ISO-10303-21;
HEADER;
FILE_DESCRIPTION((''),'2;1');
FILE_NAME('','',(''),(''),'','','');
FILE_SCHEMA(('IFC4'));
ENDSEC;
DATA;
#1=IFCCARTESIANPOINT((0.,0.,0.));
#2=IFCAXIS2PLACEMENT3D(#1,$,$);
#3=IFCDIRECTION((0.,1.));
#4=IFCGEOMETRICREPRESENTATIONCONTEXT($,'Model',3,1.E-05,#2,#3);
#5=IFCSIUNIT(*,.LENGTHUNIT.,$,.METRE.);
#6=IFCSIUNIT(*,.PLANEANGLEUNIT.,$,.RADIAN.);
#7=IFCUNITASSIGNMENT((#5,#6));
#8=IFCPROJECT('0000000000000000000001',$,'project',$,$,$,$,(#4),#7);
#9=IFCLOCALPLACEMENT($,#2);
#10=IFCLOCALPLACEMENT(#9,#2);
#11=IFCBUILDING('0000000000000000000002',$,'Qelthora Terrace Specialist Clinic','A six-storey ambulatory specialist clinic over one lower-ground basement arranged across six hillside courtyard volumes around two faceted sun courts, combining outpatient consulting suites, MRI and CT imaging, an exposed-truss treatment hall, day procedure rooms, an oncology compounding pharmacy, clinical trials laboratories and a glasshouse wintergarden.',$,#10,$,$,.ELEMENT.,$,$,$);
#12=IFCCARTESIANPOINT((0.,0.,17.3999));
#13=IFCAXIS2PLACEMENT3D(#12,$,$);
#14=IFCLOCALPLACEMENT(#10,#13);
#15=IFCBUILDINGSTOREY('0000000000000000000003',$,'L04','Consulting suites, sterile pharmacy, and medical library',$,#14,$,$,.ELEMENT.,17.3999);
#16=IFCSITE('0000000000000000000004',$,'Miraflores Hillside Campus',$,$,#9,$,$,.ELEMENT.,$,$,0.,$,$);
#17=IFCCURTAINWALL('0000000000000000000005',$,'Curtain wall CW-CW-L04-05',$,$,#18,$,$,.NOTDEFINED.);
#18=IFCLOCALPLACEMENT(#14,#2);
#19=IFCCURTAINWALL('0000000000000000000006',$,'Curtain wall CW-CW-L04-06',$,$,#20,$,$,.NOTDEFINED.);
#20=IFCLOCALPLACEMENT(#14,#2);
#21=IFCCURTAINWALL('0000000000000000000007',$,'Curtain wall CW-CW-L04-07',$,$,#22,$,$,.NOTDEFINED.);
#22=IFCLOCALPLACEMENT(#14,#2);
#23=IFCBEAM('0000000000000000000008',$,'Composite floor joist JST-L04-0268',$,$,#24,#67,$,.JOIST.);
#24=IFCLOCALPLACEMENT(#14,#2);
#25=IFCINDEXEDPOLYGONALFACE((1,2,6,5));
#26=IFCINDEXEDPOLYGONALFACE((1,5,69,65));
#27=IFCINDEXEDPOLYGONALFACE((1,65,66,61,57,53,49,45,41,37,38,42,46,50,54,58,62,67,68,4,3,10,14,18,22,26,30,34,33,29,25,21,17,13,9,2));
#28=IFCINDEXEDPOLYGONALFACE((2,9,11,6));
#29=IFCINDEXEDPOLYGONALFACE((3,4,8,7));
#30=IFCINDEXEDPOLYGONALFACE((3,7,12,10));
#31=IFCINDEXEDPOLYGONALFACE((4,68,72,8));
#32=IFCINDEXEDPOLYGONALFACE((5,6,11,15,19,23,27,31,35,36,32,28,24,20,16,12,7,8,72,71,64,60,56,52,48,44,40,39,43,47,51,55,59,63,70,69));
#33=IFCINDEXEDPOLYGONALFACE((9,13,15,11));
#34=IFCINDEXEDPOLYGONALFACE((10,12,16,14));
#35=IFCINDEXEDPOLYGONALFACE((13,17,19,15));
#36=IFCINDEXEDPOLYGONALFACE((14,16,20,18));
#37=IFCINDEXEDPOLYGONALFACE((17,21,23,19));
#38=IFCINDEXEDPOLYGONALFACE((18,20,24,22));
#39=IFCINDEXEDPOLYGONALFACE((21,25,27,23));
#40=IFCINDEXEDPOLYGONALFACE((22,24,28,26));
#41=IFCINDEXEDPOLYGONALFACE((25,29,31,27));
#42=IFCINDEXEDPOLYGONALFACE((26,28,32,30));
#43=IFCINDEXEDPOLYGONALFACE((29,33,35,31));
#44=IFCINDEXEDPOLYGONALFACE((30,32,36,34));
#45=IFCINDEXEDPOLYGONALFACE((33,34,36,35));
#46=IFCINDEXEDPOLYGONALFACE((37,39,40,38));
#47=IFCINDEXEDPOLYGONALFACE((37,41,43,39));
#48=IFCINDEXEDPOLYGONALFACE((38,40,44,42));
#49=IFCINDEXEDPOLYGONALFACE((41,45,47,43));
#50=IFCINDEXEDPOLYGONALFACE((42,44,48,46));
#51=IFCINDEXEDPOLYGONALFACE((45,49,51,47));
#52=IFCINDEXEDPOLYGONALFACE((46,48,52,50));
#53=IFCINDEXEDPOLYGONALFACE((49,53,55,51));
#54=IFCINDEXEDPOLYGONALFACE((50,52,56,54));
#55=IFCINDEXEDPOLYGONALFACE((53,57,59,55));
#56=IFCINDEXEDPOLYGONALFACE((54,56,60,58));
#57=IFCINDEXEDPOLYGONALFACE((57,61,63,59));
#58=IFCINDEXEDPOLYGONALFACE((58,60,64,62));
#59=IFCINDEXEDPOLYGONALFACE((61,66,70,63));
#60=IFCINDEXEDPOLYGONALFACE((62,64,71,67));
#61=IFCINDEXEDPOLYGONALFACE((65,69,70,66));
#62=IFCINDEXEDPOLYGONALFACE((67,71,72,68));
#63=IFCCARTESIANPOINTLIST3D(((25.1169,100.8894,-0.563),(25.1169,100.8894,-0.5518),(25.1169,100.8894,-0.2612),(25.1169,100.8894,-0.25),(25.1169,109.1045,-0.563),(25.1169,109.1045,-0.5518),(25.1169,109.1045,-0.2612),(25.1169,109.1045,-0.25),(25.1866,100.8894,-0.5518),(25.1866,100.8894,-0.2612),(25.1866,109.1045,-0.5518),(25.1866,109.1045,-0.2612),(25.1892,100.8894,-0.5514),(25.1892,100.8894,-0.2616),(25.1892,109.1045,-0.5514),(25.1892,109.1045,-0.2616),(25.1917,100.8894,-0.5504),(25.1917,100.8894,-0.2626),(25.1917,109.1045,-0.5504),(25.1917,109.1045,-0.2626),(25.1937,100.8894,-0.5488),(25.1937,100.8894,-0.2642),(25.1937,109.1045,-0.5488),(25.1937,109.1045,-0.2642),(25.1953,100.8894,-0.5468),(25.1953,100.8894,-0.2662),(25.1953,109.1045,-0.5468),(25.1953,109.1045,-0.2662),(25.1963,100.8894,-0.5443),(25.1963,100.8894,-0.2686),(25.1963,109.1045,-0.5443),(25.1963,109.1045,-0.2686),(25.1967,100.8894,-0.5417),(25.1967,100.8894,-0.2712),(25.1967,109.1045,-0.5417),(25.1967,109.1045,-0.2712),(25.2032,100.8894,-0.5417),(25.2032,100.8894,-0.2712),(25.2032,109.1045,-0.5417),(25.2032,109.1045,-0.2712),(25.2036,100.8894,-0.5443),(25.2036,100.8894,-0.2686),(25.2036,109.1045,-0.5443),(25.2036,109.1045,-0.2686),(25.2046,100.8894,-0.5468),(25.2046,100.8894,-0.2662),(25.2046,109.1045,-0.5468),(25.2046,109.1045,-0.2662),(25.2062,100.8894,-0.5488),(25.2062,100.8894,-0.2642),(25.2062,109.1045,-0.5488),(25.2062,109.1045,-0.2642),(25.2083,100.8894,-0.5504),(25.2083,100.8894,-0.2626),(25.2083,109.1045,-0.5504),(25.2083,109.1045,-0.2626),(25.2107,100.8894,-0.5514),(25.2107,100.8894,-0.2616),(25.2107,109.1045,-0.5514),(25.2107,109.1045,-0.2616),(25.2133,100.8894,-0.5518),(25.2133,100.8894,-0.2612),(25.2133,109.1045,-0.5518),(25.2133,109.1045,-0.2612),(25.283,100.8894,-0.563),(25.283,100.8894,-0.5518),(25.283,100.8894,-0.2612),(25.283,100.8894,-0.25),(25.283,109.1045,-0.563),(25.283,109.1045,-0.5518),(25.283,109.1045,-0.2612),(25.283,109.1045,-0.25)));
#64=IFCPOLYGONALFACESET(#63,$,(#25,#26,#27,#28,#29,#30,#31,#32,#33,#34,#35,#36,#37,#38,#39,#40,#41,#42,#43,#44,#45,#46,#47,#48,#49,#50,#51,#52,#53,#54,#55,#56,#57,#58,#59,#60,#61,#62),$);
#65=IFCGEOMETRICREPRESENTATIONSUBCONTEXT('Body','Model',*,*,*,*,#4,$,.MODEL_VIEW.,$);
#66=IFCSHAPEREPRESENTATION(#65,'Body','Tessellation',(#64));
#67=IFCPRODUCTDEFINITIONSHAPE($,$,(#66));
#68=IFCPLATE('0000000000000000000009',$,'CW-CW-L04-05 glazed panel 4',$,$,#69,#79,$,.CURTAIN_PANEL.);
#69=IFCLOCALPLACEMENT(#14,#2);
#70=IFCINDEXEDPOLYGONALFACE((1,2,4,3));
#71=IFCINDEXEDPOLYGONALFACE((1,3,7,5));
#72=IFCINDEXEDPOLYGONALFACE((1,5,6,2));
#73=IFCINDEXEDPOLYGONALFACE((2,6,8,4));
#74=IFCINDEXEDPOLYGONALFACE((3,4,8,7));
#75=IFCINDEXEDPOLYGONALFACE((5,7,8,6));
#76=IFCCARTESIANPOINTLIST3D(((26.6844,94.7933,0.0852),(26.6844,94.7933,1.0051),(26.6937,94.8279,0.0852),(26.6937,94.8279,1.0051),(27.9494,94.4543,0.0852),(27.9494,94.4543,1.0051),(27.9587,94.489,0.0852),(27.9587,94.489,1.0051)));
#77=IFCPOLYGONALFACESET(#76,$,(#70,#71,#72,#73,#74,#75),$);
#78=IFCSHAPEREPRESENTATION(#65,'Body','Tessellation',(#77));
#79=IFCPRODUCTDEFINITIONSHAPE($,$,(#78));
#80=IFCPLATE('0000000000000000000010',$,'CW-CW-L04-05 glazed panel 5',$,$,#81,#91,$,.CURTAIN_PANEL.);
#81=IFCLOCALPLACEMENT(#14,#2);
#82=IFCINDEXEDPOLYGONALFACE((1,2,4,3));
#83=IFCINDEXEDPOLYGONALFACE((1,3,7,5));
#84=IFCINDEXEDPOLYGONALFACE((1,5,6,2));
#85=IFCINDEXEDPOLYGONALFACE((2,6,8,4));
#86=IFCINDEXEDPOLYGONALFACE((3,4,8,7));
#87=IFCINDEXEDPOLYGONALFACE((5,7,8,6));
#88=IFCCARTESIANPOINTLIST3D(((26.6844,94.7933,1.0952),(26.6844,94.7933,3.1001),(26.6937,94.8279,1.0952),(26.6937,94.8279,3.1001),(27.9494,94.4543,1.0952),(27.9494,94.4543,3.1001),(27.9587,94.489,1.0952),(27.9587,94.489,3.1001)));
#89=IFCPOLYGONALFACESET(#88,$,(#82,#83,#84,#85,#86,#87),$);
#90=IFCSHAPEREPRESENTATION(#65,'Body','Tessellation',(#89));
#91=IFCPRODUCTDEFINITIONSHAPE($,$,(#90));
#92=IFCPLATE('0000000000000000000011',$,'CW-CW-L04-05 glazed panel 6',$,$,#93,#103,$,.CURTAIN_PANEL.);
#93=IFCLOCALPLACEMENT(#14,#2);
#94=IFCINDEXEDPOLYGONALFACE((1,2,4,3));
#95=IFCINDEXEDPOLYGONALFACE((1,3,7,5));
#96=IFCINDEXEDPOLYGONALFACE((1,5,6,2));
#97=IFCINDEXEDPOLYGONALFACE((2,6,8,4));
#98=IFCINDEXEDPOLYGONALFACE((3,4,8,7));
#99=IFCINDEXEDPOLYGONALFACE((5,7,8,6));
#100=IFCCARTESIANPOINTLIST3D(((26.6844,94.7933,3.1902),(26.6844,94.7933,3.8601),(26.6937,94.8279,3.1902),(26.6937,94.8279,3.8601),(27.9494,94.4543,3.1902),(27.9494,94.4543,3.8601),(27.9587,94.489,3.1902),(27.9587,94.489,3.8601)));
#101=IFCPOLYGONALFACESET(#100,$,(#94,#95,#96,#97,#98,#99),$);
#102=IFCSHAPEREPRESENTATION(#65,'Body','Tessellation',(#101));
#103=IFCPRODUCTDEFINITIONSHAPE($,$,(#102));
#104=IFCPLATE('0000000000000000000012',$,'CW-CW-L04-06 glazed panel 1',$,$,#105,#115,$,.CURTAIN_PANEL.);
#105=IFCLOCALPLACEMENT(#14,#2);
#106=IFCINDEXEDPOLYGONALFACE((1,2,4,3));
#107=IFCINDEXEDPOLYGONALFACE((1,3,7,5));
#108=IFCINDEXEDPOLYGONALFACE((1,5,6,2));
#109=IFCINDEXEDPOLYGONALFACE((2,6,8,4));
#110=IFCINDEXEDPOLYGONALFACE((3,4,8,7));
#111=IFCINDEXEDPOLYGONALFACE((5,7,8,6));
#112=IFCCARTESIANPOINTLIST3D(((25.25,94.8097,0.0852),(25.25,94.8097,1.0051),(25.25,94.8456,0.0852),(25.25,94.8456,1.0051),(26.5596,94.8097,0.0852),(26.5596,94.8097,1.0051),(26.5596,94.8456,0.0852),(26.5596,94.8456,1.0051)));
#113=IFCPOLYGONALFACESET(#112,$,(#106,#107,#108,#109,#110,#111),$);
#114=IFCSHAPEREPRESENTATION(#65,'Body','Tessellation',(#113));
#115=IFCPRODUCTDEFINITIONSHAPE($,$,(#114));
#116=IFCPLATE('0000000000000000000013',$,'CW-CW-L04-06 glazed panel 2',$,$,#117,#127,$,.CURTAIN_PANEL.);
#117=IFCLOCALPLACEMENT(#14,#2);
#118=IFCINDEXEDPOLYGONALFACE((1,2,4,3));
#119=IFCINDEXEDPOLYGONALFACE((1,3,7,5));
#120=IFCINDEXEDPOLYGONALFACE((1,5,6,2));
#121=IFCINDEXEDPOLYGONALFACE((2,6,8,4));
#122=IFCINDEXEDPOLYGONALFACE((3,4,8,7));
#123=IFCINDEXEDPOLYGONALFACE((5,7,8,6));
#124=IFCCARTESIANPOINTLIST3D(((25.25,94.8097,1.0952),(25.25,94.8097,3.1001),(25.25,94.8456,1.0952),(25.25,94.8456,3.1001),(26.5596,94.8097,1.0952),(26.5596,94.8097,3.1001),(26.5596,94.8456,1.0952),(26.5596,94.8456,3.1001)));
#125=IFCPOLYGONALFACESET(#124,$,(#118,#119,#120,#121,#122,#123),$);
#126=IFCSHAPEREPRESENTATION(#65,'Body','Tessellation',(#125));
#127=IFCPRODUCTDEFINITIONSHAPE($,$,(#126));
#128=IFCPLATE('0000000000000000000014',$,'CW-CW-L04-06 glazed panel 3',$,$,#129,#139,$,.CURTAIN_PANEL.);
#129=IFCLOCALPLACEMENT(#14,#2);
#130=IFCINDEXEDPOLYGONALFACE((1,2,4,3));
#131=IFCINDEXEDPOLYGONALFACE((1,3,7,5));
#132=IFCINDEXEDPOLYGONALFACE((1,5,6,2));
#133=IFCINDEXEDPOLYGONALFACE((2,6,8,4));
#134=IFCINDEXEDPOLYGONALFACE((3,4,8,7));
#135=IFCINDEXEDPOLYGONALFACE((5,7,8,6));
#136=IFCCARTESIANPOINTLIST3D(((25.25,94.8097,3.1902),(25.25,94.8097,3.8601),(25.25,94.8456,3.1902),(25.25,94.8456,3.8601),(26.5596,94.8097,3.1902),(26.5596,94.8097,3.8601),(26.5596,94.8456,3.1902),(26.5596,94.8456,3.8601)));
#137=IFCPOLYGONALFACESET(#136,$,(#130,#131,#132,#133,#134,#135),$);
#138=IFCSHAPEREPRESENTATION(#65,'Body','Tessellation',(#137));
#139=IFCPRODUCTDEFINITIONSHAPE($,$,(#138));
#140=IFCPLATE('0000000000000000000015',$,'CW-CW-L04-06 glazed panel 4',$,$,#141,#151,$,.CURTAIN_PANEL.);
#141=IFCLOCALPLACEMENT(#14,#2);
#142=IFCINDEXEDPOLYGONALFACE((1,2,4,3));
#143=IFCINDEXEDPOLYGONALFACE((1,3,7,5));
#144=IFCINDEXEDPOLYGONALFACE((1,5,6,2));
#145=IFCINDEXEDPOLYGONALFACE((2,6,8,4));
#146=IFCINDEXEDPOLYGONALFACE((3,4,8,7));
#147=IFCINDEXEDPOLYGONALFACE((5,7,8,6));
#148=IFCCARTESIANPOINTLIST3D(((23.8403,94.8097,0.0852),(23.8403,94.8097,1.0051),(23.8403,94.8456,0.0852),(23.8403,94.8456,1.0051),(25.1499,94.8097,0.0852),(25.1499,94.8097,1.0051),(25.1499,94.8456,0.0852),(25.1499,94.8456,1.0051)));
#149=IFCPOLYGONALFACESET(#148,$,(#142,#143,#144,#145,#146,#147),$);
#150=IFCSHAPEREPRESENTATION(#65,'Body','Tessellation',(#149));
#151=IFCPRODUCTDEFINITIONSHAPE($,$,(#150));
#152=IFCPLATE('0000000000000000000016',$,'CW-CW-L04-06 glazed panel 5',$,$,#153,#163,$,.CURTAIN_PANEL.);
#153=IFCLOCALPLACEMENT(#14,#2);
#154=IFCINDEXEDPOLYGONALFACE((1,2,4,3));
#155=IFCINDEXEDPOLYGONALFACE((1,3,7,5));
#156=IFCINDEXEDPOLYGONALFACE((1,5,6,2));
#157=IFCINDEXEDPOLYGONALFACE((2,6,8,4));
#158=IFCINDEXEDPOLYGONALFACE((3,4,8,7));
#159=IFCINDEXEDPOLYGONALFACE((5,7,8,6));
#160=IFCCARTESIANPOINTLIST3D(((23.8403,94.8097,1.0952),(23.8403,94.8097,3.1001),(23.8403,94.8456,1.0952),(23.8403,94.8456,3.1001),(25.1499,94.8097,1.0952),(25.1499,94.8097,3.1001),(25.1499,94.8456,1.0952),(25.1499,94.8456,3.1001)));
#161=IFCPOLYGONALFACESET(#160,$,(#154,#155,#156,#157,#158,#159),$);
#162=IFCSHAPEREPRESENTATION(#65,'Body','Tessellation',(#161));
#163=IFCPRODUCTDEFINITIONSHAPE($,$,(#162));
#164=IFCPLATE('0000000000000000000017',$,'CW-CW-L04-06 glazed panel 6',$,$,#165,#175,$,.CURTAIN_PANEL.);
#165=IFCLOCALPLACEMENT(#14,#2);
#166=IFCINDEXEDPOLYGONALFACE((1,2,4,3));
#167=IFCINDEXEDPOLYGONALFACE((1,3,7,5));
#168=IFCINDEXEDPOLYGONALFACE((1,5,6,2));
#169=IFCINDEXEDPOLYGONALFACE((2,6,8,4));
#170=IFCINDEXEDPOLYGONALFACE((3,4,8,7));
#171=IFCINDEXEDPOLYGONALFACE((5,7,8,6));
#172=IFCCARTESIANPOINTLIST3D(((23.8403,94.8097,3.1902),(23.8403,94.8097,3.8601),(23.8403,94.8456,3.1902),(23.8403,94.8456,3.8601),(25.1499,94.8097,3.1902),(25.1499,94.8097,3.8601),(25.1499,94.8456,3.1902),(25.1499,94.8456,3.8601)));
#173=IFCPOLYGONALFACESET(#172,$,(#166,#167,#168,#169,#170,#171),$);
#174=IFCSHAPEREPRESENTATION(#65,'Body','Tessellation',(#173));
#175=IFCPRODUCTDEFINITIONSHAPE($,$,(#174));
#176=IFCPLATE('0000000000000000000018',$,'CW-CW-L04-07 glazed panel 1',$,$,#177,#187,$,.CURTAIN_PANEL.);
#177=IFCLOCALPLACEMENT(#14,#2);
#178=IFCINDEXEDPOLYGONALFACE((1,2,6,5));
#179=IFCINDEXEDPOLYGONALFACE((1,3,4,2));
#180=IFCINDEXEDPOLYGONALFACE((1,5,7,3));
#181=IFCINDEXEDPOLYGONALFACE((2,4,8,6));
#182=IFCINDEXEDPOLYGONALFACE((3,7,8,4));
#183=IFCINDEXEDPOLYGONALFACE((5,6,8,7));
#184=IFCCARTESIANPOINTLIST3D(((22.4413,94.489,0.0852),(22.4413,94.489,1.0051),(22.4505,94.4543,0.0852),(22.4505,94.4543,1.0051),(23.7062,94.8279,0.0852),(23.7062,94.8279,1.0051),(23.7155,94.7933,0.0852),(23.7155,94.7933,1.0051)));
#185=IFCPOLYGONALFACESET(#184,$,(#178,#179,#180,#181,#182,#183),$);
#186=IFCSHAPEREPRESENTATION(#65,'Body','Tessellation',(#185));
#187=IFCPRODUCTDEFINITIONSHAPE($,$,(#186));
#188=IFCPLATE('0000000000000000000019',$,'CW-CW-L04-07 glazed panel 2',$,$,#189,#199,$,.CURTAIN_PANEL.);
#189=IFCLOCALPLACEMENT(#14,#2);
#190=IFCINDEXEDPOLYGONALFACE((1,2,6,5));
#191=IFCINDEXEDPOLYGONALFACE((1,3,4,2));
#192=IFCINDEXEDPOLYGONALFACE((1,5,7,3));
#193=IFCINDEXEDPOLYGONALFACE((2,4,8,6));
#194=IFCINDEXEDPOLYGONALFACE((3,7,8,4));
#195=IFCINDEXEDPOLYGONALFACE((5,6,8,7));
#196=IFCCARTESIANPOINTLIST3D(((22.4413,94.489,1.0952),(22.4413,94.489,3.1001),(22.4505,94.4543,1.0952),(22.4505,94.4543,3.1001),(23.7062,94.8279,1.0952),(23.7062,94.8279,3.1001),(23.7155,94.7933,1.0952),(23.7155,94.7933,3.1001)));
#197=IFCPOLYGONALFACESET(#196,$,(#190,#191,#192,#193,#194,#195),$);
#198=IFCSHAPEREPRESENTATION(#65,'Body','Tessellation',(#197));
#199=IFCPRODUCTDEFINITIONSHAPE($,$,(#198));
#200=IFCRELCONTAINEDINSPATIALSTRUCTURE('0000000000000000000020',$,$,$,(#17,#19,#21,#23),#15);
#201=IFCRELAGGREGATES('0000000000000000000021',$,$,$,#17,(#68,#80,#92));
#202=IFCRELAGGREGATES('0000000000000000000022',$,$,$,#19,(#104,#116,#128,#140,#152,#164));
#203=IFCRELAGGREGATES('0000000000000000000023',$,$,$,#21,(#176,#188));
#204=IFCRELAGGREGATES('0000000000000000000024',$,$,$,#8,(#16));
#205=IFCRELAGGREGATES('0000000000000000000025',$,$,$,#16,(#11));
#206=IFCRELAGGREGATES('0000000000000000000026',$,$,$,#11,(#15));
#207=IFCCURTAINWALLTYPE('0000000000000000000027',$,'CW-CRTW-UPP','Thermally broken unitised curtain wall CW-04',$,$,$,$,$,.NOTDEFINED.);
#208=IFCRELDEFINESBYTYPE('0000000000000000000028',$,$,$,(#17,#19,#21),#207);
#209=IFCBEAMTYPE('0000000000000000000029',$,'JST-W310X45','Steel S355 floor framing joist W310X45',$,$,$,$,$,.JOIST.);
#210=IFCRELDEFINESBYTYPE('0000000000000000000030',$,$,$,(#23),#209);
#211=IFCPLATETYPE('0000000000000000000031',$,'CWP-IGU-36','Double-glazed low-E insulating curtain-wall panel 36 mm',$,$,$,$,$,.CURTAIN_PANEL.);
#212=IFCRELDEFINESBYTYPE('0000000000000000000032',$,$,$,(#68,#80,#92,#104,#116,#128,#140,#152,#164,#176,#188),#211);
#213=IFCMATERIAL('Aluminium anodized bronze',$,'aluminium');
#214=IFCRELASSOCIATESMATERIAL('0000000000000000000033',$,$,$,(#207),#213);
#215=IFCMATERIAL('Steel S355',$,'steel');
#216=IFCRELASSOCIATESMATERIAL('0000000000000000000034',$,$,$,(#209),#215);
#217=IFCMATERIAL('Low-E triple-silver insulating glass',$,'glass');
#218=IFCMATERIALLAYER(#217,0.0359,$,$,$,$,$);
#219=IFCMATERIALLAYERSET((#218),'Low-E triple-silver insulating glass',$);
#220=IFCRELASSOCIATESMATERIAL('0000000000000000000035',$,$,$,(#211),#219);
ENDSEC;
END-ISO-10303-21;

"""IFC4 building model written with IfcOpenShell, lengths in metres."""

from ifc_helpers import new_model, si_unit, direction, frame, origin, origin_2d, place, context, subcontext, project, spatial, rectangle, i_section, extrude, material, layer, layer_set, material_profile, profile_set, type_object, element, aggregate, save


model = new_model("IFC4")

# Units and contexts
model_context = context("Model", 3, precision=1e-05, world=origin(), true_north=direction((0.0, 1.0)))
body_context = subcontext(model_context, "Body", "Model", "MODEL_VIEW")
ifc_project = project(units=[si_unit("LENGTHUNIT", "METRE"), si_unit("PLANEANGLEUNIT", "RADIAN")], contexts=[model_context])

# Site, building, storey
site_placement = place(None, origin())
site = spatial("IfcSite", under=ifc_project, at=site_placement, Name="Miraflores Hillside Campus", CompositionType="ELEMENT", RefElevation=0.0)
building_placement = place(site_placement, origin())
building = spatial("IfcBuilding", under=site, at=building_placement, Name="Qelthora Terrace Specialist Clinic", Description="A six-storey ambulatory specialist clinic over one lower-ground basement arranged across six hillside courtyard volumes around two faceted sun courts, combining outpatient consulting suites, MRI and CT imaging, an exposed-truss treatment hall, day procedure rooms, an oncology compounding pharmacy, clinical trials laboratories and a glasshouse wintergarden.", CompositionType="ELEMENT")
storey_placement = place(building_placement, frame((0.0, 0.0, 17.3999)))
storey = spatial("IfcBuildingStorey", under=building, at=storey_placement, Name="L04", Description="Consulting suites, sterile pharmacy, and medical library", CompositionType="ELEMENT", Elevation=17.3999)

# Curtain walls
ifc_material_1 = material(Name="Aluminium anodized bronze", Category="aluminium")
curtain_wall_type = type_object("IfcCurtainWallType", Name="CW-CRTW-UPP", Description="Thermally broken unitised curtain wall CW-04", PredefinedType="NOTDEFINED", material=ifc_material_1)
curtain_wall_1_placement = place(storey_placement, origin())
curtain_wall_1 = element("IfcCurtainWall", 1, at=curtain_wall_1_placement, inside=storey, type_object=curtain_wall_type, Name="Curtain wall CW-CW-L04-05", PredefinedType="NOTDEFINED")
curtain_wall_2_placement = place(storey_placement, origin())
curtain_wall_2 = element("IfcCurtainWall", 2, at=curtain_wall_2_placement, inside=storey, type_object=curtain_wall_type, Name="Curtain wall CW-CW-L04-06", PredefinedType="NOTDEFINED")
curtain_wall_3_placement = place(storey_placement, origin())
curtain_wall_3 = element("IfcCurtainWall", 3, at=curtain_wall_3_placement, inside=storey, type_object=curtain_wall_type, Name="Curtain wall CW-CW-L04-07", PredefinedType="NOTDEFINED")

# Beam
ifc_material_2 = material(Name="Steel S355", Category="steel")
ifc_material_profile_1 = material_profile(ifc_material_2, i_section(OverallWidth=0.166, OverallDepth=0.313, WebThickness=0.0066, FlangeThickness=0.0112, FilletRadius=0.01, at=origin_2d()), Name="W310X45")
ifc_profile_set_1 = profile_set([ifc_material_profile_1], Name="Steel S355")
beam_type = type_object("IfcBeamType", Name="JST-W310X45", Description="Steel S355 floor framing joist W310X45", PredefinedType="JOIST", material=ifc_profile_set_1)
beam_placement = place(storey_placement, frame((25.2, 100.8894, -0.4065), z_axis=(0.0, 1.0, 0.0), x_axis=(-1.0, 0.0, 0.0)))
element("IfcBeam", 4, at=beam_placement, inside=storey, type_object=beam_type, Name="Composite floor joist JST-L04-0268", PredefinedType="JOIST", context=body_context, shape_type="SweptSolid", body=[
    extrude(i_section(OverallWidth=0.166, OverallDepth=0.313, WebThickness=0.0066, FlangeThickness=0.0112, FilletRadius=0.01, at=origin_2d()), origin(), (0.0, 0.0, 1.0), 8.2151),
])

# Plates
ifc_material_3 = material(Name="Low-E triple-silver insulating glass", Category="glass")
ifc_layer_1 = layer(ifc_material_3, 0.0359)
ifc_layer_set_1 = layer_set([ifc_layer_1], Name="Low-E triple-silver insulating glass")
plate_type = type_object("IfcPlateType", Name="CWP-IGU-36", Description="Double-glazed low-E insulating curtain-wall panel 36 mm", PredefinedType="CURTAIN_PANEL", material=ifc_layer_set_1)
plate_1_placement = place(storey_placement, frame((27.3215, 94.6411, 0.0852), z_axis=(0.0, 0.0, 1.0), x_axis=(-0.965925, 0.258821, 0.0)))
plate_1 = element("IfcPlate", 5, at=plate_1_placement, type_object=plate_type, Name="CW-CW-L04-05 glazed panel 4", PredefinedType="CURTAIN_PANEL", context=body_context, shape_type="SweptSolid", body=[
    extrude(rectangle(XDim=1.3096, YDim=0.0359, at=origin_2d()), origin(), (0.0, 0.0, 1.0), 0.9199),
])
plate_2_placement = place(storey_placement, frame((27.3215, 94.6411, 1.0952), z_axis=(0.0, 0.0, 1.0), x_axis=(-0.965925, 0.258821, 0.0)))
plate_2 = element("IfcPlate", 6, at=plate_2_placement, type_object=plate_type, Name="CW-CW-L04-05 glazed panel 5", PredefinedType="CURTAIN_PANEL", context=body_context, shape_type="SweptSolid", body=[
    extrude(rectangle(XDim=1.3096, YDim=0.0359, at=origin_2d()), origin(), (0.0, 0.0, 1.0), 2.0049),
])
plate_3_placement = place(storey_placement, frame((27.3215, 94.6411, 3.1902), z_axis=(0.0, 0.0, 1.0), x_axis=(-0.965925, 0.258821, 0.0)))
plate_3 = element("IfcPlate", 7, at=plate_3_placement, type_object=plate_type, Name="CW-CW-L04-05 glazed panel 6", PredefinedType="CURTAIN_PANEL", context=body_context, shape_type="SweptSolid", body=[
    extrude(rectangle(XDim=1.3096, YDim=0.0359, at=origin_2d()), origin(), (0.0, 0.0, 1.0), 0.6699),
])
aggregate(curtain_wall_1, [plate_1, plate_2, plate_3])
plate_4_placement = place(storey_placement, frame((25.9048, 94.8276, 0.0852), z_axis=(0.0, 0.0, 1.0), x_axis=(-1.0, 0.0, 0.0)))
plate_4 = element("IfcPlate", 8, at=plate_4_placement, type_object=plate_type, Name="CW-CW-L04-06 glazed panel 1", PredefinedType="CURTAIN_PANEL", context=body_context, shape_type="SweptSolid", body=[
    extrude(rectangle(XDim=1.3096, YDim=0.0359, at=origin_2d()), origin(), (0.0, 0.0, 1.0), 0.9199),
])
plate_5_placement = place(storey_placement, frame((25.9048, 94.8276, 1.0952), z_axis=(0.0, 0.0, 1.0), x_axis=(-1.0, 0.0, 0.0)))
plate_5 = element("IfcPlate", 9, at=plate_5_placement, type_object=plate_type, Name="CW-CW-L04-06 glazed panel 2", PredefinedType="CURTAIN_PANEL", context=body_context, shape_type="SweptSolid", body=[
    extrude(rectangle(XDim=1.3096, YDim=0.0359, at=origin_2d()), origin(), (0.0, 0.0, 1.0), 2.0049),
])
plate_6_placement = place(storey_placement, frame((25.9048, 94.8276, 3.1902), z_axis=(0.0, 0.0, 1.0), x_axis=(-1.0, 0.0, 0.0)))
plate_6 = element("IfcPlate", 10, at=plate_6_placement, type_object=plate_type, Name="CW-CW-L04-06 glazed panel 3", PredefinedType="CURTAIN_PANEL", context=body_context, shape_type="SweptSolid", body=[
    extrude(rectangle(XDim=1.3096, YDim=0.0359, at=origin_2d()), origin(), (0.0, 0.0, 1.0), 0.6699),
])
plate_7_placement = place(storey_placement, frame((24.4951, 94.8276, 0.0852), z_axis=(0.0, 0.0, 1.0), x_axis=(-1.0, 0.0, 0.0)))
plate_7 = element("IfcPlate", 11, at=plate_7_placement, type_object=plate_type, Name="CW-CW-L04-06 glazed panel 4", PredefinedType="CURTAIN_PANEL", context=body_context, shape_type="SweptSolid", body=[
    extrude(rectangle(XDim=1.3096, YDim=0.0359, at=origin_2d()), origin(), (0.0, 0.0, 1.0), 0.9199),
])
plate_8_placement = place(storey_placement, frame((24.4951, 94.8276, 1.0952), z_axis=(0.0, 0.0, 1.0), x_axis=(-1.0, 0.0, 0.0)))
plate_8 = element("IfcPlate", 12, at=plate_8_placement, type_object=plate_type, Name="CW-CW-L04-06 glazed panel 5", PredefinedType="CURTAIN_PANEL", context=body_context, shape_type="SweptSolid", body=[
    extrude(rectangle(XDim=1.3096, YDim=0.0359, at=origin_2d()), origin(), (0.0, 0.0, 1.0), 2.0049),
])
plate_9_placement = place(storey_placement, frame((24.4951, 94.8276, 3.1902), z_axis=(0.0, 0.0, 1.0), x_axis=(-1.0, 0.0, 0.0)))
plate_9 = element("IfcPlate", 13, at=plate_9_placement, type_object=plate_type, Name="CW-CW-L04-06 glazed panel 6", PredefinedType="CURTAIN_PANEL", context=body_context, shape_type="SweptSolid", body=[
    extrude(rectangle(XDim=1.3096, YDim=0.0359, at=origin_2d()), origin(), (0.0, 0.0, 1.0), 0.6699),
])
aggregate(curtain_wall_2, [plate_4, plate_5, plate_6, plate_7, plate_8, plate_9])
plate_10_placement = place(storey_placement, frame((23.0784, 94.6411, 0.0852), z_axis=(0.0, 0.0, 1.0), x_axis=(-0.965925, -0.258821, 0.0)))
plate_10 = element("IfcPlate", 14, at=plate_10_placement, type_object=plate_type, Name="CW-CW-L04-07 glazed panel 1", PredefinedType="CURTAIN_PANEL", context=body_context, shape_type="SweptSolid", body=[
    extrude(rectangle(XDim=1.3096, YDim=0.0359, at=origin_2d()), origin(), (0.0, 0.0, 1.0), 0.9199),
])
plate_11_placement = place(storey_placement, frame((23.0784, 94.6411, 1.0952), z_axis=(0.0, 0.0, 1.0), x_axis=(-0.965925, -0.258821, 0.0)))
plate_11 = element("IfcPlate", 15, at=plate_11_placement, type_object=plate_type, Name="CW-CW-L04-07 glazed panel 2", PredefinedType="CURTAIN_PANEL", context=body_context, shape_type="SweptSolid", body=[
    extrude(rectangle(XDim=1.3096, YDim=0.0359, at=origin_2d()), origin(), (0.0, 0.0, 1.0), 2.0049),
])
aggregate(curtain_wall_3, [plate_10, plate_11])

save(model, "model.ifc")
